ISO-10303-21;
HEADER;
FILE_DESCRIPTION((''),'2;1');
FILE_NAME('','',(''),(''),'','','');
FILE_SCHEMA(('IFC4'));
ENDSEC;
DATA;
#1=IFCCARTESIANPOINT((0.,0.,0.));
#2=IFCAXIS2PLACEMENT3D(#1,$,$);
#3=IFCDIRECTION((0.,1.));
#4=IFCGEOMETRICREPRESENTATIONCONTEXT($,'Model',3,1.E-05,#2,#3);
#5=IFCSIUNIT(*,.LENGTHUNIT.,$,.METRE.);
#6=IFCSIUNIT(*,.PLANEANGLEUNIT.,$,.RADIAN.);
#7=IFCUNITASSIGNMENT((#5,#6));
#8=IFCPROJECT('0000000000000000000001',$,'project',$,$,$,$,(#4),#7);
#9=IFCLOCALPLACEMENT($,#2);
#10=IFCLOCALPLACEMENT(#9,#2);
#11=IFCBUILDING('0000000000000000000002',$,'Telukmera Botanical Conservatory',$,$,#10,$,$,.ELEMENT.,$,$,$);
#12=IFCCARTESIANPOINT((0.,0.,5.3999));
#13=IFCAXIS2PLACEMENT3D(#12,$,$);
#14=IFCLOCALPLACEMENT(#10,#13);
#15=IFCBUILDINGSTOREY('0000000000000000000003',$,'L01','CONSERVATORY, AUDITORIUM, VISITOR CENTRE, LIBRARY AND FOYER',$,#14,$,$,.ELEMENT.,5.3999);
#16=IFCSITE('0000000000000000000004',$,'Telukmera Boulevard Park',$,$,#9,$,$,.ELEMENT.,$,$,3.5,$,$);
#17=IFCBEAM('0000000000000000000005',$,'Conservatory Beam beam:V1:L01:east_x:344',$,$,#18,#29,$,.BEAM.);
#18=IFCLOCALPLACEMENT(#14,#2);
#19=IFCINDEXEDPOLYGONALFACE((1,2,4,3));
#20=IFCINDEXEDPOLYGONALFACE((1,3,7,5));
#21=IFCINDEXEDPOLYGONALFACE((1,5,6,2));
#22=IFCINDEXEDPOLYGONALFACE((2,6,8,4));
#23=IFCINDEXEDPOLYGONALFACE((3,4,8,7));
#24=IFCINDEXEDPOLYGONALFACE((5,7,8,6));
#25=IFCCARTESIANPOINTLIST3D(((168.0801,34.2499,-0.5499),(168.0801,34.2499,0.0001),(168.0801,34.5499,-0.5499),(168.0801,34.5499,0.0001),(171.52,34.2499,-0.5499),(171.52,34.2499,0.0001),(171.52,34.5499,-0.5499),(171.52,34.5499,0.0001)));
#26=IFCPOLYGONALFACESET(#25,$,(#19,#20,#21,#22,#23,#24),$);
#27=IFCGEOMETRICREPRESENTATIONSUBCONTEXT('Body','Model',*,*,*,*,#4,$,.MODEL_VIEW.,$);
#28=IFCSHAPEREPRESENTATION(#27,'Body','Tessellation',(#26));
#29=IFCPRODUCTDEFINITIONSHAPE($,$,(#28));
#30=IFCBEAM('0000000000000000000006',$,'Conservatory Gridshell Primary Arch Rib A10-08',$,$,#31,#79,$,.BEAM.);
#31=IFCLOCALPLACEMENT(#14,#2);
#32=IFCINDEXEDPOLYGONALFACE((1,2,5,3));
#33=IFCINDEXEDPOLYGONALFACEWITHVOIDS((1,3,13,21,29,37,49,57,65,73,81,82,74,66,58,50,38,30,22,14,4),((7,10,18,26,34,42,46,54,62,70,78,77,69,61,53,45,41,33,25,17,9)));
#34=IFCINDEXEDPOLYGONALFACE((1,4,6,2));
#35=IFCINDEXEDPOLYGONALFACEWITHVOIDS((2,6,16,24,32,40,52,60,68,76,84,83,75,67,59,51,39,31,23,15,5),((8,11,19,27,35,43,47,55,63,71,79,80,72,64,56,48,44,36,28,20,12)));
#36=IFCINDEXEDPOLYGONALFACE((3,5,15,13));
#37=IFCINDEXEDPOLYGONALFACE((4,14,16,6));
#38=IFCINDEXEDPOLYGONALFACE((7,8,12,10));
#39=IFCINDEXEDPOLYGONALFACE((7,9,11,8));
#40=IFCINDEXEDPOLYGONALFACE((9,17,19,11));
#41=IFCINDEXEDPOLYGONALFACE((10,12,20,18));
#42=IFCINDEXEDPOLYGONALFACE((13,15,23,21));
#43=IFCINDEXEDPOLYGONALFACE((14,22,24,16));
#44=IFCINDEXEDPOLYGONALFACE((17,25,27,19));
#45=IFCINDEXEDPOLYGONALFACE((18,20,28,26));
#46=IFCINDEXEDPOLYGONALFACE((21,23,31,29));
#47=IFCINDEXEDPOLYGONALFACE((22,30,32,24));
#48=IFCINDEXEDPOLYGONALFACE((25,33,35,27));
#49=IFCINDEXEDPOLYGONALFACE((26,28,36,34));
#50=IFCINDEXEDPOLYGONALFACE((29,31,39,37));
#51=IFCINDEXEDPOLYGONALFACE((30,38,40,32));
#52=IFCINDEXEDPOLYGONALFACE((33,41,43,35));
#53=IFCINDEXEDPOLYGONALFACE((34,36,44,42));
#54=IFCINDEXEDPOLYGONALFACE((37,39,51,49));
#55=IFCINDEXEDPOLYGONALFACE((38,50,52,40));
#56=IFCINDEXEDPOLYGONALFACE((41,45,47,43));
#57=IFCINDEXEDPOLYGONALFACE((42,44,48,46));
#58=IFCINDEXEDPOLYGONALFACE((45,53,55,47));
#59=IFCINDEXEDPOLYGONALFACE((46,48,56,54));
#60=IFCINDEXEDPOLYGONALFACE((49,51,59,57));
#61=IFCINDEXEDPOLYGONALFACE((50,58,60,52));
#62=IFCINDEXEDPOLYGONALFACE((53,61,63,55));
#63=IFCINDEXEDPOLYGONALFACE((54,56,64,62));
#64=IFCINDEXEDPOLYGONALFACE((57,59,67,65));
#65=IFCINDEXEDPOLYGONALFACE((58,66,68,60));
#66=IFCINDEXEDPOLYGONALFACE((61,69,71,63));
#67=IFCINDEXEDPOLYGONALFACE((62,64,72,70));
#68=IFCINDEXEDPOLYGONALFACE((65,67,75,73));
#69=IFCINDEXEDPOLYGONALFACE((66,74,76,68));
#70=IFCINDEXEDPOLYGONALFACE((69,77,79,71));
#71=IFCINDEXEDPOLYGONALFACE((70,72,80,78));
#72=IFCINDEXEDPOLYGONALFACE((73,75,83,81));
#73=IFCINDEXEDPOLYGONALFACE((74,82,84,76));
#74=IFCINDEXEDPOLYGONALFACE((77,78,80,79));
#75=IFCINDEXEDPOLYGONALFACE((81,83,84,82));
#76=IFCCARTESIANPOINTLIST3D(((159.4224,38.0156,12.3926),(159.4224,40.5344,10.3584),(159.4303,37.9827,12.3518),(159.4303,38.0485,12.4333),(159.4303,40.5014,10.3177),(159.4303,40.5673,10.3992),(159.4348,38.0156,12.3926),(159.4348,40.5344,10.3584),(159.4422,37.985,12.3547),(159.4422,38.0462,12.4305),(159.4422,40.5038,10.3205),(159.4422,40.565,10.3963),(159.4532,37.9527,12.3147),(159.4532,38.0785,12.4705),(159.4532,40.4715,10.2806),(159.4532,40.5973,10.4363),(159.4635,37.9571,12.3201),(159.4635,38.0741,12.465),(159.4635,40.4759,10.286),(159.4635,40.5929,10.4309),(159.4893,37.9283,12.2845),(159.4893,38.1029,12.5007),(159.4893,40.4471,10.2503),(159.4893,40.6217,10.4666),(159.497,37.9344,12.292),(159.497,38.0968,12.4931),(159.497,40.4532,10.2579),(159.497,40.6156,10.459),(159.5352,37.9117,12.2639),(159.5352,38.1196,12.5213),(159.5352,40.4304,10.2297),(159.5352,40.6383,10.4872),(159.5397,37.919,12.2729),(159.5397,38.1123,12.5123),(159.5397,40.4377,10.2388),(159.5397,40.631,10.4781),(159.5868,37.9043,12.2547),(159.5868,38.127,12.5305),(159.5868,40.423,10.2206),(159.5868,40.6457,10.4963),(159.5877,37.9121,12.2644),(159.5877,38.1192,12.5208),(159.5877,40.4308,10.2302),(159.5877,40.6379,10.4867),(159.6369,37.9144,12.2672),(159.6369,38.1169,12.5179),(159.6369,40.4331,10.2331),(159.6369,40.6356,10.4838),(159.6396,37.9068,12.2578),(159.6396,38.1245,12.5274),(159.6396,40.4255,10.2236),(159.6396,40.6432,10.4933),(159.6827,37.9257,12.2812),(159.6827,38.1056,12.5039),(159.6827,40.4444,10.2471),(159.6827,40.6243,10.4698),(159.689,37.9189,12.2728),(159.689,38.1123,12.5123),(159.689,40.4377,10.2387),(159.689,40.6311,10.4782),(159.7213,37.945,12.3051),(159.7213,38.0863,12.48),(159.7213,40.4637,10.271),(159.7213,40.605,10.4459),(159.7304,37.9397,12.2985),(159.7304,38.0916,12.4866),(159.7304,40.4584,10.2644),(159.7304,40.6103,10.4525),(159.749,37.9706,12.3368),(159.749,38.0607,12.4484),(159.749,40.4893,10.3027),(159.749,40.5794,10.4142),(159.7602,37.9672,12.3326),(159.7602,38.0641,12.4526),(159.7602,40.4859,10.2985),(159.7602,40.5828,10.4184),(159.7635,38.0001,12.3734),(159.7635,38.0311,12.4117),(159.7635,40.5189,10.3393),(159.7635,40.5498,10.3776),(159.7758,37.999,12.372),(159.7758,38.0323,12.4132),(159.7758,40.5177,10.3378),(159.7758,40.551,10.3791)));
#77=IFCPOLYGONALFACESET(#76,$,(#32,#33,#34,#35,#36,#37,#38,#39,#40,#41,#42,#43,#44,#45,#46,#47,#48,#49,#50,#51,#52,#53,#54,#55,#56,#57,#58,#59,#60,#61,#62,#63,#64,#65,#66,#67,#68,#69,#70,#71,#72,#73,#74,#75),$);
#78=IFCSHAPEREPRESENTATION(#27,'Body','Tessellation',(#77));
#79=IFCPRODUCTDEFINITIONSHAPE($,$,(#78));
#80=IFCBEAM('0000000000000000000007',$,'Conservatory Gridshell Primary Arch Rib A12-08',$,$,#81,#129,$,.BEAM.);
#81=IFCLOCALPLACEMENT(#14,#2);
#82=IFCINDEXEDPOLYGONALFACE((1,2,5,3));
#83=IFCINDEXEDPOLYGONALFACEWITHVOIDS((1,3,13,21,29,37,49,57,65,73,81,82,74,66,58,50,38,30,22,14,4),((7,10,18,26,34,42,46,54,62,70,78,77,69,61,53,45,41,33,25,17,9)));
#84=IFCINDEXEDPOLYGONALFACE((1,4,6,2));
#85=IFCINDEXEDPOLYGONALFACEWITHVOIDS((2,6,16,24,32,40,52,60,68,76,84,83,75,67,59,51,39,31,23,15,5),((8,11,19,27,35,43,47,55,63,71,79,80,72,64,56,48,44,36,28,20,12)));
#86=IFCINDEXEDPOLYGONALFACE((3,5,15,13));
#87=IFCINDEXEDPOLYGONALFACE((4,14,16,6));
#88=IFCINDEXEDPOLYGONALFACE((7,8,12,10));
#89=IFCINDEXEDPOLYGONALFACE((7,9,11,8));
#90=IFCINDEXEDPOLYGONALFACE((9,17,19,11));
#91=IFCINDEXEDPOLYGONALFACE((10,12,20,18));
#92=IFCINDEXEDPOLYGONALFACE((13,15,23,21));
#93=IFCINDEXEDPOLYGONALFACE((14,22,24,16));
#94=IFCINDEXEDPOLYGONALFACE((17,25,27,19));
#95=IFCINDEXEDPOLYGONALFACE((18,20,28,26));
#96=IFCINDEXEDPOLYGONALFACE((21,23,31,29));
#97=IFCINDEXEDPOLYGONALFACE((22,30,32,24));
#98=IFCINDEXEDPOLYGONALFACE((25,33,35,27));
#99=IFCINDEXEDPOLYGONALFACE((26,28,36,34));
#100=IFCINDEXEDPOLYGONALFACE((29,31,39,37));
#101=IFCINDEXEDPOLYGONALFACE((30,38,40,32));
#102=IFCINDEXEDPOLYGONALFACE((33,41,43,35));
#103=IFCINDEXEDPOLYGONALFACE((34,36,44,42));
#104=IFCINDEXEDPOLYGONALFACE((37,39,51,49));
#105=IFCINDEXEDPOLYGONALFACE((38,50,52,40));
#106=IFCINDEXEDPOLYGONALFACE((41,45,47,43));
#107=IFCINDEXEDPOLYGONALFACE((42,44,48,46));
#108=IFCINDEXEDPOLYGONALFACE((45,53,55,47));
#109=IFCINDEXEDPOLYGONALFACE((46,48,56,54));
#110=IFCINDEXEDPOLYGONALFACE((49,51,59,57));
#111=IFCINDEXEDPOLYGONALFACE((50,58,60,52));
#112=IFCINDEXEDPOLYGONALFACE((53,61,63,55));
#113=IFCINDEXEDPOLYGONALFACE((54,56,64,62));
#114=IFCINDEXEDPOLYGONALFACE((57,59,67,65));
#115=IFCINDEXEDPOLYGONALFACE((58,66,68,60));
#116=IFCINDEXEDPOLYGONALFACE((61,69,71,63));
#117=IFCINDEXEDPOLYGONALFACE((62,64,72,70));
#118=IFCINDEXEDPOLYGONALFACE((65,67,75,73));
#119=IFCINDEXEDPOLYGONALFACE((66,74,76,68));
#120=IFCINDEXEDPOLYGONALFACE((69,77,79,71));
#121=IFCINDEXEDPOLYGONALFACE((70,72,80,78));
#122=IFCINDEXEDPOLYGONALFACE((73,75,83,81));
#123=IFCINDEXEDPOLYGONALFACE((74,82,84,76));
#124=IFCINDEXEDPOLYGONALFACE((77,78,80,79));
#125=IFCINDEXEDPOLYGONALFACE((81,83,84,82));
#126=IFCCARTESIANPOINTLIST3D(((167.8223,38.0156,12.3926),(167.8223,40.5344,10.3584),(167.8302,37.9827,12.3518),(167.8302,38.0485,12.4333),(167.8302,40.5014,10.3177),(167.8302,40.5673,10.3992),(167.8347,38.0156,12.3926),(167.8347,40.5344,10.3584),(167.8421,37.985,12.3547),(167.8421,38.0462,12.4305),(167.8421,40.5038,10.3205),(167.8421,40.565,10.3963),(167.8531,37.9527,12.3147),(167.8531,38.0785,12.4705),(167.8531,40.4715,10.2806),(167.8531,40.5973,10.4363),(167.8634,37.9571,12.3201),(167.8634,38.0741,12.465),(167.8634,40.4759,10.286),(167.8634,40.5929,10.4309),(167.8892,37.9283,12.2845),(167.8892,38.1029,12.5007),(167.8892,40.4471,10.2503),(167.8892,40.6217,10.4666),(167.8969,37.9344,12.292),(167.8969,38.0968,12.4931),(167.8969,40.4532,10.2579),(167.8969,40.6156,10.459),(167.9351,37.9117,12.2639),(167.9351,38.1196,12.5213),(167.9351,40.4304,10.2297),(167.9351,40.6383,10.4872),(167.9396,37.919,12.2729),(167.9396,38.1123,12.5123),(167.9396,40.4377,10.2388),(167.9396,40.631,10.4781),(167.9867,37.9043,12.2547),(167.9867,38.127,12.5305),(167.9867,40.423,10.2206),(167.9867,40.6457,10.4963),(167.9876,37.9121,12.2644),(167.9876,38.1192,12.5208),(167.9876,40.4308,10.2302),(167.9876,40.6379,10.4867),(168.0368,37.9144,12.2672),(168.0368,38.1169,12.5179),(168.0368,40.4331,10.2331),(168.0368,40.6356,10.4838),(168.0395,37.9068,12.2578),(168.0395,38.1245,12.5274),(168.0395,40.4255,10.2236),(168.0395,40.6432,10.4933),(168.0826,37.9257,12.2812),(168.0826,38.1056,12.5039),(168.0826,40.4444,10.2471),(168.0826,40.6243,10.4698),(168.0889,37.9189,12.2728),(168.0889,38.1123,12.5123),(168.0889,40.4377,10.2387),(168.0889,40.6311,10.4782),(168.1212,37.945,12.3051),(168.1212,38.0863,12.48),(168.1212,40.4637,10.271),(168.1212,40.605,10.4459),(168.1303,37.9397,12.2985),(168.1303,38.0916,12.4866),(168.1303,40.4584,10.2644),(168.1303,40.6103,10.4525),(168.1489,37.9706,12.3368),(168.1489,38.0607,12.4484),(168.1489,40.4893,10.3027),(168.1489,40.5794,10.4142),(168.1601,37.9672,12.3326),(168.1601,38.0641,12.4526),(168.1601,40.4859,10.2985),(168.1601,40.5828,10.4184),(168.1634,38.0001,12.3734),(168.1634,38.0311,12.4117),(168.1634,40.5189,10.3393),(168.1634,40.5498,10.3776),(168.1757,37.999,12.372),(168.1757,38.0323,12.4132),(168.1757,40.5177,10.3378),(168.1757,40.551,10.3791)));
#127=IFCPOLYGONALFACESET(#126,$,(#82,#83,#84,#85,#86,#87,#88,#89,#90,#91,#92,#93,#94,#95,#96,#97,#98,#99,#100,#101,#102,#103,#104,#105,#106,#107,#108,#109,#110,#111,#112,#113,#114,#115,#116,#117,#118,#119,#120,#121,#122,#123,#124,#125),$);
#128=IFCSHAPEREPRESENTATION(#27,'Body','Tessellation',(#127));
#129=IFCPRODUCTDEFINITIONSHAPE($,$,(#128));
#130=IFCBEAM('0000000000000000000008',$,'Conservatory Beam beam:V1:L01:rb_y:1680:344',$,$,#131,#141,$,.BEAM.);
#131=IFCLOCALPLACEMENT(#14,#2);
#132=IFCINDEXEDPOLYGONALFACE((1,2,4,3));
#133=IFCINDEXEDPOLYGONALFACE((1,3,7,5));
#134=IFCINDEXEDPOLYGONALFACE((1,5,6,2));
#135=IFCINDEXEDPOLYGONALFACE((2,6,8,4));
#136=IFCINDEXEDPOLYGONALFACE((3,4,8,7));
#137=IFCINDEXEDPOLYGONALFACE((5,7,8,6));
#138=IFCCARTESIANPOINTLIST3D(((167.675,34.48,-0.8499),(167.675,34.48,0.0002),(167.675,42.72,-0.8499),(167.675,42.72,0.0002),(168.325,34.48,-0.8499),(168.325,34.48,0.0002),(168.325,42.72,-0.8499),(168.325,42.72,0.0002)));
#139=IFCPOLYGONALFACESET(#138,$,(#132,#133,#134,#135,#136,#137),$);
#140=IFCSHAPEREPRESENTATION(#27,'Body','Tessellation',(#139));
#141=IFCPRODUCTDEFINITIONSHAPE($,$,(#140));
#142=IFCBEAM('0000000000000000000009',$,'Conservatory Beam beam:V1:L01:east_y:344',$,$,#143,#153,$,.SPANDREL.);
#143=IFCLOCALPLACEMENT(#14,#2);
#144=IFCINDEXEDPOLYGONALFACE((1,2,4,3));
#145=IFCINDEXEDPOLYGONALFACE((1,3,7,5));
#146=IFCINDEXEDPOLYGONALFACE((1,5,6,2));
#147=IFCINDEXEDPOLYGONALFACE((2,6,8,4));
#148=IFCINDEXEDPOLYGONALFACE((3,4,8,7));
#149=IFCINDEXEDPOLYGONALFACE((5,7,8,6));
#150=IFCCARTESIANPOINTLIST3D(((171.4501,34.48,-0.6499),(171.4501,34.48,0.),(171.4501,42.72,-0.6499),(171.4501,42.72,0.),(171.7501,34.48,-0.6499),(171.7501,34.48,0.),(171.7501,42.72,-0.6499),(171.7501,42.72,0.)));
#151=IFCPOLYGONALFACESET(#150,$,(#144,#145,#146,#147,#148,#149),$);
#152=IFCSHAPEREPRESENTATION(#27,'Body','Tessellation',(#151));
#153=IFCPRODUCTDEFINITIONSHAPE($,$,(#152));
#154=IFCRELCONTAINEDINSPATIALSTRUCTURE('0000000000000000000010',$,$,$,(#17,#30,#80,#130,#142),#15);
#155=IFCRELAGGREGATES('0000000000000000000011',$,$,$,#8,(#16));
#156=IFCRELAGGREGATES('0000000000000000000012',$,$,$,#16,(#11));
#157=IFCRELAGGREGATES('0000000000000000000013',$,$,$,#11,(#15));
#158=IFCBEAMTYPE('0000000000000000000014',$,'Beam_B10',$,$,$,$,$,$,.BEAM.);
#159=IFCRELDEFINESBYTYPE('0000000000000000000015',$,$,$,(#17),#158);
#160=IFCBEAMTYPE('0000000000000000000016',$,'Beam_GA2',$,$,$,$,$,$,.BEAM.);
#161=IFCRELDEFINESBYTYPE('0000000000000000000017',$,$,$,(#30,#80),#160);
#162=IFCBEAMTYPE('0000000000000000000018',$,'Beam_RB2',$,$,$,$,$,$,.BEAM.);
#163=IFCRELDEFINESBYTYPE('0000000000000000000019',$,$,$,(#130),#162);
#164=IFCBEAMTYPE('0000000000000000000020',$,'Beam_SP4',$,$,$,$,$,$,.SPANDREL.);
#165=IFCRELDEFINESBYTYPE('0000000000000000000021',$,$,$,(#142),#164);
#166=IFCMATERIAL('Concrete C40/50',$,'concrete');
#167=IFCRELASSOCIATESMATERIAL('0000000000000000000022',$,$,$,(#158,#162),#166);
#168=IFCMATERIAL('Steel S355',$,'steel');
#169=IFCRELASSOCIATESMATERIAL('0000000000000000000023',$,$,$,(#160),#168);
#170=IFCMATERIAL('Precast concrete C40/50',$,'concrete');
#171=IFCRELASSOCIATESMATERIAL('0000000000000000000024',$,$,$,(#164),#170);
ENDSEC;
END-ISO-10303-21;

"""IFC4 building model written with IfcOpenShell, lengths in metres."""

from ifc_helpers import new_model, si_unit, direction, frame, origin, origin_2d, place, context, subcontext, project, spatial, rectangle, hollow_circle, extrude, material, material_profile, profile_set, type_object, element, save


model = new_model("IFC4")

# Units and contexts
model_context = context("Model", 3, precision=1e-05, world=origin(), true_north=direction((0.0, 1.0)))
body_context = subcontext(model_context, "Body", "Model", "MODEL_VIEW")
ifc_project = project(units=[si_unit("LENGTHUNIT", "METRE"), si_unit("PLANEANGLEUNIT", "RADIAN")], contexts=[model_context])

# Site, building, storey
site_placement = place(None, origin())
site = spatial("IfcSite", under=ifc_project, at=site_placement, Name="Telukmera Boulevard Park", CompositionType="ELEMENT", RefElevation=3.5)
building_placement = place(site_placement, origin())
building = spatial("IfcBuilding", under=site, at=building_placement, Name="Telukmera Botanical Conservatory", CompositionType="ELEMENT")
storey_placement = place(building_placement, frame((0.0, 0.0, 5.3999)))
storey = spatial("IfcBuildingStorey", under=building, at=storey_placement, Name="L01", Description="CONSERVATORY, AUDITORIUM, VISITOR CENTRE, LIBRARY AND FOYER", CompositionType="ELEMENT", Elevation=5.3999)

# Beams
ifc_material_1 = material(Name="Concrete C40/50", Category="concrete")
ifc_material_profile_1 = material_profile(ifc_material_1, rectangle(XDim=0.3, YDim=0.55, at=origin_2d()), Name="RC 300x550")
ifc_profile_set_1 = profile_set([ifc_material_profile_1], Name="Concrete C40/50")
beam_type_1 = type_object("IfcBeamType", Name="Beam_B10", PredefinedType="BEAM", material=ifc_profile_set_1)
beam_1_placement = place(storey_placement, frame((168.0801, 34.3999, -0.2749), z_axis=(1.0, 0.0, 0.0), x_axis=(0.0, 1.0, 0.0)))
element("IfcBeam", 1, at=beam_1_placement, inside=storey, type_object=beam_type_1, Name="Conservatory Beam beam:V1:L01:east_x:344", PredefinedType="BEAM", context=body_context, shape_type="SweptSolid", body=[
    extrude(rectangle(XDim=0.3, YDim=0.55, at=origin_2d()), origin(), (0.0, 0.0, 1.0), 3.4399),
])
ifc_material_2 = material(Name="Steel S355", Category="steel")
ifc_material_profile_2 = material_profile(ifc_material_2, hollow_circle(Radius=0.1777, WallThickness=0.0125, at=origin_2d()), Name="CHS 355.6x12.5")
ifc_profile_set_2 = profile_set([ifc_material_profile_2], Name="Steel S355")
beam_type_2 = type_object("IfcBeamType", Name="Beam_GA2", PredefinedType="BEAM", material=ifc_profile_set_2)
for number, where, z_axis, x_axis, name in (
    (2, (159.6001, 38.0156, 12.3926), (0.0, 0.777977, -0.628293), (-1.0, 0.0, 0.0), "Conservatory Gridshell Primary Arch Rib A10-08"),
    (3, (168.0, 38.0156, 12.3926), (0.0, 0.777977, -0.628293), (-1.0, 0.0, 0.0), "Conservatory Gridshell Primary Arch Rib A12-08"),
):
    element("IfcBeam", number, at=place(storey_placement, frame(where, z_axis=z_axis, x_axis=x_axis)), inside=storey, type_object=beam_type_2, Name=name, PredefinedType="BEAM", context=body_context, shape_type="SweptSolid", body=[
        extrude(hollow_circle(Radius=0.1777, WallThickness=0.0125, at=origin_2d()), origin(), (0.0, 0.0, 1.0), 3.2375),
    ])
ifc_material_profile_3 = material_profile(ifc_material_1, rectangle(XDim=0.6499, YDim=0.8501, at=origin_2d()), Name="RC 650x850")
ifc_profile_set_3 = profile_set([ifc_material_profile_3], Name="Concrete C40/50")
beam_type_3 = type_object("IfcBeamType", Name="Beam_RB2", PredefinedType="BEAM", material=ifc_profile_set_3)
beam_2_placement = place(storey_placement, frame((168.0, 34.48, -0.4248), z_axis=(0.0, 1.0, 0.0), x_axis=(-1.0, 0.0, 0.0)))
element("IfcBeam", 4, at=beam_2_placement, inside=storey, type_object=beam_type_3, Name="Conservatory Beam beam:V1:L01:rb_y:1680:344", PredefinedType="BEAM", context=body_context, shape_type="SweptSolid", body=[
    extrude(rectangle(XDim=0.6499, YDim=0.8501, at=origin_2d()), origin(), (0.0, 0.0, 1.0), 8.24),
])
ifc_material_3 = material(Name="Precast concrete C40/50", Category="concrete")
ifc_material_profile_4 = material_profile(ifc_material_3, rectangle(XDim=0.3, YDim=0.6499, at=origin_2d()), Name="PC 300x650")
ifc_profile_set_4 = profile_set([ifc_material_profile_4], Name="Precast concrete C40/50")
beam_type_4 = type_object("IfcBeamType", Name="Beam_SP4", PredefinedType="SPANDREL", material=ifc_profile_set_4)
beam_3_placement = place(storey_placement, frame((171.6001, 34.48, -0.325), z_axis=(0.0, 1.0, 0.0), x_axis=(-1.0, 0.0, 0.0)))
element("IfcBeam", 5, at=beam_3_placement, inside=storey, type_object=beam_type_4, Name="Conservatory Beam beam:V1:L01:east_y:344", PredefinedType="SPANDREL", context=body_context, shape_type="SweptSolid", body=[
    extrude(rectangle(XDim=0.3, YDim=0.6499, at=origin_2d()), origin(), (0.0, 0.0, 1.0), 8.24),
])

save(model, "model.ifc")
